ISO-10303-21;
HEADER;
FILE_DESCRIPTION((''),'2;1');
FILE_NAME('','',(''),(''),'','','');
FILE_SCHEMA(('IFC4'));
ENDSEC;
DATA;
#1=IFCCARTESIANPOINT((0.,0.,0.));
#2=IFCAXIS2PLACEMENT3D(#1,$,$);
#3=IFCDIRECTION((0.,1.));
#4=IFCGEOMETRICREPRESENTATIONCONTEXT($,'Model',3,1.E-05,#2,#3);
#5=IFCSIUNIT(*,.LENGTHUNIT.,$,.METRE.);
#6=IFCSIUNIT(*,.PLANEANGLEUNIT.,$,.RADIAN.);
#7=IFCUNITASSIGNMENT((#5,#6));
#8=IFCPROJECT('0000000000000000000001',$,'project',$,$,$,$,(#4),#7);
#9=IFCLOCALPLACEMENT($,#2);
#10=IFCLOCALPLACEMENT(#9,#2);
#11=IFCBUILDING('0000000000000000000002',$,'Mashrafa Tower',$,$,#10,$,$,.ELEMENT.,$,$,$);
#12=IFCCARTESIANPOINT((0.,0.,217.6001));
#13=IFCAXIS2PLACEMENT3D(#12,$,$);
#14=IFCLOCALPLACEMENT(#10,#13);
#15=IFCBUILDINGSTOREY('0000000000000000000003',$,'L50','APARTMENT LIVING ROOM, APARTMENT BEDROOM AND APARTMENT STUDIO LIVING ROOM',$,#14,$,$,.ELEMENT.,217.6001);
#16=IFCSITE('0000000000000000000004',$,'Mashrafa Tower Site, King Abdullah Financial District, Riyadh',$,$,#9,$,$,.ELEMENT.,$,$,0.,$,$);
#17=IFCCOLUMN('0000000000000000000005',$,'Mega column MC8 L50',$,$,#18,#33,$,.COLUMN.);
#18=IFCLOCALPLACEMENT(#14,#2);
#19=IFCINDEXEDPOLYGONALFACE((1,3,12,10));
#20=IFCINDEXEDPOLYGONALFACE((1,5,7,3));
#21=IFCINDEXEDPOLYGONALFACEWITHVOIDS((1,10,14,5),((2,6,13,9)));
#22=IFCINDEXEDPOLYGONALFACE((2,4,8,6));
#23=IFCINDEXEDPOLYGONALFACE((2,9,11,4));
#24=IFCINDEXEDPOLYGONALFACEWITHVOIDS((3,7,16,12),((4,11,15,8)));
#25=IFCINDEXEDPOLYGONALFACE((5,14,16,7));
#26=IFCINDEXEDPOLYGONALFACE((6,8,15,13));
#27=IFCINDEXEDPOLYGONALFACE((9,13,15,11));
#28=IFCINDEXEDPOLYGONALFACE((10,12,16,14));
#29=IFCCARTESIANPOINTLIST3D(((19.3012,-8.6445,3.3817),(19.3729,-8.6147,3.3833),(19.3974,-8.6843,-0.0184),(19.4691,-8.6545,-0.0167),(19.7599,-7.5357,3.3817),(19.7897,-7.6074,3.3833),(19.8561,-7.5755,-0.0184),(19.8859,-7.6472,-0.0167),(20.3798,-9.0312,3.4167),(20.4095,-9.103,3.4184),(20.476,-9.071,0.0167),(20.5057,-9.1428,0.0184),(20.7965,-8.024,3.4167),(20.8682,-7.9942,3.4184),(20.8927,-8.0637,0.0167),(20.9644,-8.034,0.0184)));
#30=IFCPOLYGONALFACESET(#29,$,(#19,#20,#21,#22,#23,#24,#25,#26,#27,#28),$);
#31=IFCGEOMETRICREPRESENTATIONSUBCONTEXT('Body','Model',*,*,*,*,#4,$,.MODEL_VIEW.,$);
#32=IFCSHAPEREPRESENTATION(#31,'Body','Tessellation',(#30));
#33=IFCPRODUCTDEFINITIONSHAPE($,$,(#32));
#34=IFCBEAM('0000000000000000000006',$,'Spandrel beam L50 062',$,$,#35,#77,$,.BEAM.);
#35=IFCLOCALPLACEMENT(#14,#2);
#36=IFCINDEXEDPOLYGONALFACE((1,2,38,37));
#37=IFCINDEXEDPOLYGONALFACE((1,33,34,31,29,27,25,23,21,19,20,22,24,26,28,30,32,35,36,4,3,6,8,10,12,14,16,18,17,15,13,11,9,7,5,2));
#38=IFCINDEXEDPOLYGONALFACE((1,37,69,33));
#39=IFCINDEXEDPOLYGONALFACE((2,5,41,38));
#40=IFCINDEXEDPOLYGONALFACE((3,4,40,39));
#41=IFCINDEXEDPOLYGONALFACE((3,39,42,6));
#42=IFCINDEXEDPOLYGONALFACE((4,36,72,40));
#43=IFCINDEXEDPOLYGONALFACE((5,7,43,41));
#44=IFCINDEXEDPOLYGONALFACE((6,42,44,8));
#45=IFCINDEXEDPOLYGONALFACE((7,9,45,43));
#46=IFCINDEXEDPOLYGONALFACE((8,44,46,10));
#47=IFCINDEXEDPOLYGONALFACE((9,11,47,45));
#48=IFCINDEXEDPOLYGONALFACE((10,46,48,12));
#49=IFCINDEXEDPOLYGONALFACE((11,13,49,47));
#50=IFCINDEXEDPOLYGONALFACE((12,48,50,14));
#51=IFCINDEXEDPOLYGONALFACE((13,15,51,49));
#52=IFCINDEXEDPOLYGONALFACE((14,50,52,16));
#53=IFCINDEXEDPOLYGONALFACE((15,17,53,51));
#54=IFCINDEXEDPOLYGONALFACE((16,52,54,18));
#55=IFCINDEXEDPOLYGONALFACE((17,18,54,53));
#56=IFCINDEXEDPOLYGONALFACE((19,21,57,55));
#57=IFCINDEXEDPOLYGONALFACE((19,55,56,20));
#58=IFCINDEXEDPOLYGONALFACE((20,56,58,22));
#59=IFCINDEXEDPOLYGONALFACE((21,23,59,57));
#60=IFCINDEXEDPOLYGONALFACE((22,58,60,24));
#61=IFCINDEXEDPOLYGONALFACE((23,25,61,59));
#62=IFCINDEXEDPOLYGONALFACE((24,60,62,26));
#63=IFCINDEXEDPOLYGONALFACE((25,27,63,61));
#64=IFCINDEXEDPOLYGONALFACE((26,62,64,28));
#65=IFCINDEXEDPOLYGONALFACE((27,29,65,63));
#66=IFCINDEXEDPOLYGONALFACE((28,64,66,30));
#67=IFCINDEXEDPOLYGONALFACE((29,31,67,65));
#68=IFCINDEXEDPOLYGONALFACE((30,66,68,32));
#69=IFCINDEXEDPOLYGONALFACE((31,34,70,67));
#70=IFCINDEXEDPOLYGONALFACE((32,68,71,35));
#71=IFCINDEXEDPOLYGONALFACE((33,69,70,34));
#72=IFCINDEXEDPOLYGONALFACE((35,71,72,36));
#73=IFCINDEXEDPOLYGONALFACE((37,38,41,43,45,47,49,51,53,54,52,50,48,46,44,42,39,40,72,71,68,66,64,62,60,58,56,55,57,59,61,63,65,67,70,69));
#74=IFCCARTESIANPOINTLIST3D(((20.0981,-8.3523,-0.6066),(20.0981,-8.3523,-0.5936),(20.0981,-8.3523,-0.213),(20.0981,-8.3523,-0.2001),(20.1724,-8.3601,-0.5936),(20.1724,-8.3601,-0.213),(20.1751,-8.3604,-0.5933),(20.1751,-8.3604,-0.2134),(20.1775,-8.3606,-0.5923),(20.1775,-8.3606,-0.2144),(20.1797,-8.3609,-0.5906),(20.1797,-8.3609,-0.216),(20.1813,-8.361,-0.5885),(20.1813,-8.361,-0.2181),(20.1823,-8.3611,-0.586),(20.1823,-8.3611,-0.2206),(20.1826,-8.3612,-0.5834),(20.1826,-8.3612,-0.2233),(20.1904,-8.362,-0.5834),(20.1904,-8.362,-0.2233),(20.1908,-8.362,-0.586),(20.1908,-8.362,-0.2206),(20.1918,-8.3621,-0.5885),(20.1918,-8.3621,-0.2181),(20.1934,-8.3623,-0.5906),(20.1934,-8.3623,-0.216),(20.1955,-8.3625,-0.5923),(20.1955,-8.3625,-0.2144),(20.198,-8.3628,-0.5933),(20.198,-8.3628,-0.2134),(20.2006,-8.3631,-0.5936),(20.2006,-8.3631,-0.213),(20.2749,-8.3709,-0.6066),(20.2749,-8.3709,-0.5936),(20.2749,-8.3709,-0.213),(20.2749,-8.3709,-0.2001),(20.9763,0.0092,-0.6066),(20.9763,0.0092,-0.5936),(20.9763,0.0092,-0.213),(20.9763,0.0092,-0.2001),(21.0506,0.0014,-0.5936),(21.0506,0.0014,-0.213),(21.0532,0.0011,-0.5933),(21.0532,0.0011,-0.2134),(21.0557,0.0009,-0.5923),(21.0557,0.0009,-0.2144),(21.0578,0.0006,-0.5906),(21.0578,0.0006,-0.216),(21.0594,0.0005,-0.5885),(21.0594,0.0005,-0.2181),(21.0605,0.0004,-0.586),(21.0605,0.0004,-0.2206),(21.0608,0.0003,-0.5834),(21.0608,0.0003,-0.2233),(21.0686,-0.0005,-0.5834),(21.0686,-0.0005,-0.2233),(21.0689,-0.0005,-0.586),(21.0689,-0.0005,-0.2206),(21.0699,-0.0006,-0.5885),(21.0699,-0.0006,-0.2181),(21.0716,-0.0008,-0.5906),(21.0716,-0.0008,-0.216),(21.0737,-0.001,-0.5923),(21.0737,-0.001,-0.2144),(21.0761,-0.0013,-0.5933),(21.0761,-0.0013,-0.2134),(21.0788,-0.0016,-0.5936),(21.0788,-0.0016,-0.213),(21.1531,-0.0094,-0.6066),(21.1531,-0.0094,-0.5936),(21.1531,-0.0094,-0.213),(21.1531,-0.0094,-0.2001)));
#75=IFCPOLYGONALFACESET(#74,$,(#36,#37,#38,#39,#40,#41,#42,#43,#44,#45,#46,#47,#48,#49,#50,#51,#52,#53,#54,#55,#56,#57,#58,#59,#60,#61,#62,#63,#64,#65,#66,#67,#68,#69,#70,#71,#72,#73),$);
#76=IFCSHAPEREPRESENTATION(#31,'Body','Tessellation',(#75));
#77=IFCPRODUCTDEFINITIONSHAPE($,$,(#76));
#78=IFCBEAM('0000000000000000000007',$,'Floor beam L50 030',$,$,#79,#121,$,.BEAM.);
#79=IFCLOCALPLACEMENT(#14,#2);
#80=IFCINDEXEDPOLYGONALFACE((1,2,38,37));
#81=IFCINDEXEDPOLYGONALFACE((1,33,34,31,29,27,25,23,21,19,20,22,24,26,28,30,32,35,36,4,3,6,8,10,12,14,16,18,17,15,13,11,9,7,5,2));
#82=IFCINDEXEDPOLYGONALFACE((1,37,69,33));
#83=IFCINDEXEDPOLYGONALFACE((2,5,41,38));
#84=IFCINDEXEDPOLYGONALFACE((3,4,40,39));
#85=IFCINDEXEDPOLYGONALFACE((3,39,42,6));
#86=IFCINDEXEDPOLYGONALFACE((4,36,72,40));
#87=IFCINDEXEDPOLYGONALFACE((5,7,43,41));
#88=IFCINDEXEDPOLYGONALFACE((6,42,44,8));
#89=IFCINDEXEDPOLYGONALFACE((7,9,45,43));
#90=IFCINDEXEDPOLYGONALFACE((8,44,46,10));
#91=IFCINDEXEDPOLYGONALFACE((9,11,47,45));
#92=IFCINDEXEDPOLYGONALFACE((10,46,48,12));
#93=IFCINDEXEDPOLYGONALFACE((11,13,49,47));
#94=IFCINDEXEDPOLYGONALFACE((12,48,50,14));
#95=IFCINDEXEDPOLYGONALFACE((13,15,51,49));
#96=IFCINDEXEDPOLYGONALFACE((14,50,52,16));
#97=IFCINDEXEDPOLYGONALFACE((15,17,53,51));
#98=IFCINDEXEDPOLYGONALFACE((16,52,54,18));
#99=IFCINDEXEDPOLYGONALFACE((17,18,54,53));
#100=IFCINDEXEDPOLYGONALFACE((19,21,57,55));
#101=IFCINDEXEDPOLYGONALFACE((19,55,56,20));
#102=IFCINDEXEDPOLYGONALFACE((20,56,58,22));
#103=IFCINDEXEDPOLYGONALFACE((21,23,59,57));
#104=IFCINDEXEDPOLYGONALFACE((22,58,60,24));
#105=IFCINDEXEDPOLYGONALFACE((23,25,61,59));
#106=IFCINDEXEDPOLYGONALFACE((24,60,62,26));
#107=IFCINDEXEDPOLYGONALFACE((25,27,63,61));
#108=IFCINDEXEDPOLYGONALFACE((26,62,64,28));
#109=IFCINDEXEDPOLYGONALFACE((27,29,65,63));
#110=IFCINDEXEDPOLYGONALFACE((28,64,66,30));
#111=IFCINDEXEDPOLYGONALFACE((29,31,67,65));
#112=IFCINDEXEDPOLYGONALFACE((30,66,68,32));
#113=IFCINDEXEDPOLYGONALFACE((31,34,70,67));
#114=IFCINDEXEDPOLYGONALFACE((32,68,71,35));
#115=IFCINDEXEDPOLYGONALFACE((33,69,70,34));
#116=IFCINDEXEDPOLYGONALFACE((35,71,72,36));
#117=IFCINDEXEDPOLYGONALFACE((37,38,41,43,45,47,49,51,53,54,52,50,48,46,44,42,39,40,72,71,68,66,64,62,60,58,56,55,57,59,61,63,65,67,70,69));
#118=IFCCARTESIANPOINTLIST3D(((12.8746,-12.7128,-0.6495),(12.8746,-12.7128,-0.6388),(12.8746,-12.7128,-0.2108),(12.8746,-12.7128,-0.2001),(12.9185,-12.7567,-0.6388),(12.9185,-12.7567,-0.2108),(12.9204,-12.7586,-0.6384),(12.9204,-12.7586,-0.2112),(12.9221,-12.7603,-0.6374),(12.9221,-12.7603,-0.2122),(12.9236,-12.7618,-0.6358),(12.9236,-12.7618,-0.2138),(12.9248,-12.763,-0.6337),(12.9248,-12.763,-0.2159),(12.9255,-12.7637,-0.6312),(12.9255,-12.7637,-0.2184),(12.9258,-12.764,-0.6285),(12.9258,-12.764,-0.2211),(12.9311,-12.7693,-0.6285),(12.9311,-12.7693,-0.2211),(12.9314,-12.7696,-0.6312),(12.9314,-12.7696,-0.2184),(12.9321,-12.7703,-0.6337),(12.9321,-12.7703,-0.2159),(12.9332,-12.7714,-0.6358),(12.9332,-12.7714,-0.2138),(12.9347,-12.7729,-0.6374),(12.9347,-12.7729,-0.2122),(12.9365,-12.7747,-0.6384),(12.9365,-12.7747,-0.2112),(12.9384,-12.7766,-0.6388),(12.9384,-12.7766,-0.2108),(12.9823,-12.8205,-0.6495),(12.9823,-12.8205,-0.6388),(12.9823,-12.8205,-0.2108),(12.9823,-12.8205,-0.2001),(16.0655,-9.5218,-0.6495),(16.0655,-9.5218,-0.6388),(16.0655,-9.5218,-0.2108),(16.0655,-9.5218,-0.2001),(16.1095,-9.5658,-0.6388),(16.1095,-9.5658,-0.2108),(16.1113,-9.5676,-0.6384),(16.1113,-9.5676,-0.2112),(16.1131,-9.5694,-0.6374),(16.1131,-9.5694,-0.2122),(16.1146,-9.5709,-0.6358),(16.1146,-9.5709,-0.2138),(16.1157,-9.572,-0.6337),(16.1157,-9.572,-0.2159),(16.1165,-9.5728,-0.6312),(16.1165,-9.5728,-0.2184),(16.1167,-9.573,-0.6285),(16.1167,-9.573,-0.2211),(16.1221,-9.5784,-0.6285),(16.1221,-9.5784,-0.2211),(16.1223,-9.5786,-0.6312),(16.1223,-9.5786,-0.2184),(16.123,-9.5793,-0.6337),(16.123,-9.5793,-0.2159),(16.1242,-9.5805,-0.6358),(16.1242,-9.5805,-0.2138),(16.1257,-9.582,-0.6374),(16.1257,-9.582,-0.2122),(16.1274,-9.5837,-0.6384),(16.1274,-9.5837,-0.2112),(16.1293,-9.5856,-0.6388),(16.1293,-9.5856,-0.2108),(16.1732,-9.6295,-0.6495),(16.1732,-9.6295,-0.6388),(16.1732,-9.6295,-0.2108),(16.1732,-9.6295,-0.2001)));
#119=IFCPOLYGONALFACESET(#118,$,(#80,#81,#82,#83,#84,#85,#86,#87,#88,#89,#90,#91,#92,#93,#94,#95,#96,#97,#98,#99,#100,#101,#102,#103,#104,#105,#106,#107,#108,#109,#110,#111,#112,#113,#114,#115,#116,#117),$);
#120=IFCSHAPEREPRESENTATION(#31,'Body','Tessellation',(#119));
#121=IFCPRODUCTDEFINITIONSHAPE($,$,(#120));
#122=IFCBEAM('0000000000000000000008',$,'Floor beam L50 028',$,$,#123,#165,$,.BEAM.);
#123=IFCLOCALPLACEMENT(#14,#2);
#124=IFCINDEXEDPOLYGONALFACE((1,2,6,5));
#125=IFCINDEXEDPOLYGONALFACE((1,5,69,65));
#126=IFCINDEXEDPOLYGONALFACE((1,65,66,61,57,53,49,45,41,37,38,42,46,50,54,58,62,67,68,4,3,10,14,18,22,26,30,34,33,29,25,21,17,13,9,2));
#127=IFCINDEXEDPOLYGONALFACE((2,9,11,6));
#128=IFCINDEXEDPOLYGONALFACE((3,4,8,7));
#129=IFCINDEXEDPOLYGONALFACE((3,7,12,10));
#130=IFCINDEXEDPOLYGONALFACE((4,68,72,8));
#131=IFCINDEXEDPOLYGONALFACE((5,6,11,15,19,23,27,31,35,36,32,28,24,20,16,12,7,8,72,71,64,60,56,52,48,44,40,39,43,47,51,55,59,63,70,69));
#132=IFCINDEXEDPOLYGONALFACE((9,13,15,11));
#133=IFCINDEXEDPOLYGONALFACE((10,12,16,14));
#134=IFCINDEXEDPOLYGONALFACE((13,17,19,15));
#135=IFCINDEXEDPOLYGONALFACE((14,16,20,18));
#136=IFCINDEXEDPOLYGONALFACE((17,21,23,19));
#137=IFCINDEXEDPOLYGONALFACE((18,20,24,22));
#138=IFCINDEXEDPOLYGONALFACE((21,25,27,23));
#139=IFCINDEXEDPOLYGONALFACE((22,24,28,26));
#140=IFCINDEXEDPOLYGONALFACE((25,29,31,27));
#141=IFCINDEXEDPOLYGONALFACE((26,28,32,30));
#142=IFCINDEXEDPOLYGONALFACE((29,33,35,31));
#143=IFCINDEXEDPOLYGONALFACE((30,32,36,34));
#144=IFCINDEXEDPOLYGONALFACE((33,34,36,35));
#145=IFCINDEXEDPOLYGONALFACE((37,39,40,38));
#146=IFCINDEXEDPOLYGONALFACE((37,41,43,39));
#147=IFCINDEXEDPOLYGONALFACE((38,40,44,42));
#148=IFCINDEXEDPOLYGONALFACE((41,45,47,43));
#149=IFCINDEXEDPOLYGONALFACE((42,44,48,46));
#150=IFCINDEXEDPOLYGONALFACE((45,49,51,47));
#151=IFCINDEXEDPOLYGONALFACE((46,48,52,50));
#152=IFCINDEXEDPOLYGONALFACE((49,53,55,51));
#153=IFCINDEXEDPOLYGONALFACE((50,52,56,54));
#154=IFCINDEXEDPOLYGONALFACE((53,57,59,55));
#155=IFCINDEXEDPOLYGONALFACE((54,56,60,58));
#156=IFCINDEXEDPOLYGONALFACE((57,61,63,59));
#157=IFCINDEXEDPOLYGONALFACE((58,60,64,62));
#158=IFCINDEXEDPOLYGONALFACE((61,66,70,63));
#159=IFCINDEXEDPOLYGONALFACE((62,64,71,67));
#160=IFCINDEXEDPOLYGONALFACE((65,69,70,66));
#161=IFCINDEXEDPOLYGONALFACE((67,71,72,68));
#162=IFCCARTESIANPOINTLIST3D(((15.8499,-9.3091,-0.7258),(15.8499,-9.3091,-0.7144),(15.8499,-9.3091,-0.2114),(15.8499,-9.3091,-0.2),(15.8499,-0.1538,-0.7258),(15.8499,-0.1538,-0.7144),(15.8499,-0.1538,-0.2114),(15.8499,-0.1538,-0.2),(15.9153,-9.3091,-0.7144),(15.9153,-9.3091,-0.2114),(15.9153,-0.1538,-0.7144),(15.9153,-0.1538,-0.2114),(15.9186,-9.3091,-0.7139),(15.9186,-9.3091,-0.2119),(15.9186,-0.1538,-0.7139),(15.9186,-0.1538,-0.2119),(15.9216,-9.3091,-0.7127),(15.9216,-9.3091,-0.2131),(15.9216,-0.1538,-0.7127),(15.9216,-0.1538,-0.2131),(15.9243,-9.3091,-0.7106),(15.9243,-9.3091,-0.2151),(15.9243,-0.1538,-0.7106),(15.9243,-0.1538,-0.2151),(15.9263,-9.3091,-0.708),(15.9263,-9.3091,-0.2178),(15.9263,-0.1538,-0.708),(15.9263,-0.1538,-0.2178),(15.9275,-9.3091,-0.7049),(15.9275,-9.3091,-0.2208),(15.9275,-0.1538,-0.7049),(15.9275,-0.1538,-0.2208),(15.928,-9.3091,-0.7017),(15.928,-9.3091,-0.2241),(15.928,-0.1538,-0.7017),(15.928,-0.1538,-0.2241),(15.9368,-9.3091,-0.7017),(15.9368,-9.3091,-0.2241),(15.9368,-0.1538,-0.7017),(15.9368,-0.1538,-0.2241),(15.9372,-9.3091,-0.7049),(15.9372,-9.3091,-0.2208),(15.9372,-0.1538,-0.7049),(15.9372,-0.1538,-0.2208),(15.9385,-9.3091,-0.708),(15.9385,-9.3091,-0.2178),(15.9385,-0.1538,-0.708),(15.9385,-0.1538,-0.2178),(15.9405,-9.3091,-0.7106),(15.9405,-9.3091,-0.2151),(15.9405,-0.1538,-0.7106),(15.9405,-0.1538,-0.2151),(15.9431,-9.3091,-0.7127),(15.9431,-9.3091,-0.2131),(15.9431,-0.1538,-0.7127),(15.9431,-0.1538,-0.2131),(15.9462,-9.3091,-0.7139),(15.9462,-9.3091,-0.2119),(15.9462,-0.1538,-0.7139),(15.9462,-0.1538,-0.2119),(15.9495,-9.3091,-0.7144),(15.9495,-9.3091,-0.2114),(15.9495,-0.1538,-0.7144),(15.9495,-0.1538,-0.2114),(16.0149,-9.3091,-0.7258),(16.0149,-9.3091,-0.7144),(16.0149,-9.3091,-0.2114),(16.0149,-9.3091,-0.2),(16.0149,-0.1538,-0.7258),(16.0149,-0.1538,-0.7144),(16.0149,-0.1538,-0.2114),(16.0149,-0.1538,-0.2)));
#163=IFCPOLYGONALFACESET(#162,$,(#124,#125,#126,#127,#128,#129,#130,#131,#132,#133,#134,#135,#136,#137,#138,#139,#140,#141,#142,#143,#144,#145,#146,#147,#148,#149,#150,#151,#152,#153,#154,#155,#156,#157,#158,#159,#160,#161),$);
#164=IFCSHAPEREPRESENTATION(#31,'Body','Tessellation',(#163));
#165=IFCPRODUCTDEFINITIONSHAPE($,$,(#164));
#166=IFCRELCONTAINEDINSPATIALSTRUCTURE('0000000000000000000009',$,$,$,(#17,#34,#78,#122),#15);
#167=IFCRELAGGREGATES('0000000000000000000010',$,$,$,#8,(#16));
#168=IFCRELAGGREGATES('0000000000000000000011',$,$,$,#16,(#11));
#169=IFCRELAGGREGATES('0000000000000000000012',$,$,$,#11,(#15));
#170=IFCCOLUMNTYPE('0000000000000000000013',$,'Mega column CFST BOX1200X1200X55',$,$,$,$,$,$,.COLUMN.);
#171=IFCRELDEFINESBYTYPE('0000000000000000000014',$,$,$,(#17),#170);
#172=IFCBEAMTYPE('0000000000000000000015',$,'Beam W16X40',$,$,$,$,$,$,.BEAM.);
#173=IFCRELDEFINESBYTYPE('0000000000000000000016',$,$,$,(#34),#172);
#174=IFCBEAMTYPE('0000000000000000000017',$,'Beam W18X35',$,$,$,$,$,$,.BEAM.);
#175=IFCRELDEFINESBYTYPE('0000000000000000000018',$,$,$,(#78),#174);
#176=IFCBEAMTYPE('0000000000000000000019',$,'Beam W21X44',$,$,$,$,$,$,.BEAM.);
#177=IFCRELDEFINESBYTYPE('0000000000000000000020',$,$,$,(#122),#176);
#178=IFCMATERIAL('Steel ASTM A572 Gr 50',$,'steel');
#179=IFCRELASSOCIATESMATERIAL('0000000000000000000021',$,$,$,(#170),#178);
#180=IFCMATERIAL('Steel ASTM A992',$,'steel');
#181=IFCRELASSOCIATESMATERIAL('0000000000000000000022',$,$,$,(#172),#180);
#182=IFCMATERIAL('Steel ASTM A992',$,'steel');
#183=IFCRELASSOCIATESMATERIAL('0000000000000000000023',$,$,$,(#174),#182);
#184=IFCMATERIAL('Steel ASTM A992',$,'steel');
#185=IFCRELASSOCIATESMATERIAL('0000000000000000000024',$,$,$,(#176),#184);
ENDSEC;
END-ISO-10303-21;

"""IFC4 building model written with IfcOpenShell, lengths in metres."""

from ifc_helpers import new_model, si_unit, direction, frame, origin, origin_2d, place, context, subcontext, project, spatial, hollow_rectangle, i_section, extrude, material, material_profile, profile_set, type_object, element, save


model = new_model("IFC4")

# Units and contexts
model_context = context("Model", 3, precision=1e-05, world=origin(), true_north=direction((0.0, 1.0)))
body_context = subcontext(model_context, "Body", "Model", "MODEL_VIEW")
ifc_project = project(units=[si_unit("LENGTHUNIT", "METRE"), si_unit("PLANEANGLEUNIT", "RADIAN")], contexts=[model_context])

# Site, building, storey
site_placement = place(None, origin())
site = spatial("IfcSite", under=ifc_project, at=site_placement, Name="Mashrafa Tower Site, King Abdullah Financial District, Riyadh", CompositionType="ELEMENT", RefElevation=0.0)
building_placement = place(site_placement, origin())
building = spatial("IfcBuilding", under=site, at=building_placement, Name="Mashrafa Tower", CompositionType="ELEMENT")
storey_placement = place(building_placement, frame((0.0, 0.0, 217.6001)))
storey = spatial("IfcBuildingStorey", under=building, at=storey_placement, Name="L50", Description="APARTMENT LIVING ROOM, APARTMENT BEDROOM AND APARTMENT STUDIO LIVING ROOM", CompositionType="ELEMENT", Elevation=217.6001)

# Column
ifc_material_1 = material(Name="Steel ASTM A572 Gr 50", Category="steel")
ifc_material_profile_1 = material_profile(ifc_material_1, hollow_rectangle(XDim=1.2, YDim=1.2, WallThickness=0.0549, at=origin_2d()), Name="BOX1200X1200X55")
ifc_profile_set_1 = profile_set([ifc_material_profile_1], Name="Steel ASTM A572 Gr 50")
column_type = type_object("IfcColumnType", Name="Mega column CFST BOX1200X1200X55", PredefinedType="COLUMN", material=ifc_profile_set_1)
column_placement = place(storey_placement, frame((20.1809, -8.3591, 0.0), z_axis=(-0.028279, 0.011699, 0.999532), x_axis=(-0.382283, -0.924045, 0.0)))
element("IfcColumn", 1, at=column_placement, inside=storey, type_object=column_type, Name="Mega column MC8 L50", PredefinedType="COLUMN", context=body_context, shape_type="SweptSolid", body=[
    extrude(hollow_rectangle(XDim=1.2, YDim=1.2, WallThickness=0.0549, at=origin_2d()), origin(), (0.0, 0.0, 1.0), 3.4016),
])

# Beams
ifc_material_2 = material(Name="Steel ASTM A992", Category="steel")
ifc_material_profile_2 = material_profile(ifc_material_2, i_section(OverallWidth=0.1777, OverallDepth=0.4065, WebThickness=0.0078, FlangeThickness=0.0129, FilletRadius=0.0103, at=origin_2d()), Name="W16X40")
ifc_profile_set_2 = profile_set([ifc_material_profile_2], Name="Steel ASTM A992")
beam_type_1 = type_object("IfcBeamType", Name="Beam W16X40", PredefinedType="BEAM", material=ifc_profile_set_2)
beam_1_placement = place(storey_placement, frame((20.1865, -8.3616, -0.4033), z_axis=(0.10445, 0.99453, 0.0), x_axis=(-0.99453, 0.10445, 0.0)))
element("IfcBeam", 2, at=beam_1_placement, inside=storey, type_object=beam_type_1, Name="Spandrel beam L50 062", PredefinedType="BEAM", context=body_context, shape_type="SweptSolid", body=[
    extrude(i_section(OverallWidth=0.1777, OverallDepth=0.4065, WebThickness=0.0078, FlangeThickness=0.0129, FilletRadius=0.0103, at=origin_2d()), origin(), (0.0, 0.0, 1.0), 8.4075),
])
ifc_material_3 = material(Name="Steel ASTM A992", Category="steel")
ifc_material_profile_3 = material_profile(ifc_material_3, i_section(OverallWidth=0.1523, OverallDepth=0.4495, WebThickness=0.0076, FlangeThickness=0.0107, FilletRadius=0.0103, at=origin_2d()), Name="W18X35")
ifc_profile_set_3 = profile_set([ifc_material_profile_3], Name="Steel ASTM A992")
beam_type_2 = type_object("IfcBeamType", Name="Beam W18X35", PredefinedType="BEAM", material=ifc_profile_set_3)
beam_2_placement = place(storey_placement, frame((16.1194, -9.5757, -0.4248), z_axis=(-0.707107, -0.707107, 0.0), x_axis=(0.707107, -0.707107, 0.0)))
element("IfcBeam", 3, at=beam_2_placement, inside=storey, type_object=beam_type_2, Name="Floor beam L50 030", PredefinedType="BEAM", context=body_context, shape_type="SweptSolid", body=[
    extrude(i_section(OverallWidth=0.1523, OverallDepth=0.4495, WebThickness=0.0076, FlangeThickness=0.0107, FilletRadius=0.0103, at=origin_2d()), origin(), (0.0, 0.0, 1.0), 4.5127),
])
ifc_material_4 = material(Name="Steel ASTM A992", Category="steel")
ifc_material_profile_4 = material_profile(ifc_material_4, i_section(OverallWidth=0.165, OverallDepth=0.5259, WebThickness=0.0088, FlangeThickness=0.0115, FilletRadius=0.0127, at=origin_2d()), Name="W21X44")
ifc_profile_set_4 = profile_set([ifc_material_profile_4], Name="Steel ASTM A992")
beam_type_3 = type_object("IfcBeamType", Name="Beam W21X44", PredefinedType="BEAM", material=ifc_profile_set_4)
beam_3_placement = place(storey_placement, frame((15.9324, -0.1538, -0.4629), z_axis=(0.0, -1.0, 0.0), x_axis=(1.0, 0.0, 0.0)))
element("IfcBeam", 4, at=beam_3_placement, inside=storey, type_object=beam_type_3, Name="Floor beam L50 028", PredefinedType="BEAM", context=body_context, shape_type="SweptSolid", body=[
    extrude(i_section(OverallWidth=0.165, OverallDepth=0.5259, WebThickness=0.0088, FlangeThickness=0.0115, FilletRadius=0.0127, at=origin_2d()), origin(), (0.0, 0.0, 1.0), 9.1553),
])

save(model, "model.ifc")
